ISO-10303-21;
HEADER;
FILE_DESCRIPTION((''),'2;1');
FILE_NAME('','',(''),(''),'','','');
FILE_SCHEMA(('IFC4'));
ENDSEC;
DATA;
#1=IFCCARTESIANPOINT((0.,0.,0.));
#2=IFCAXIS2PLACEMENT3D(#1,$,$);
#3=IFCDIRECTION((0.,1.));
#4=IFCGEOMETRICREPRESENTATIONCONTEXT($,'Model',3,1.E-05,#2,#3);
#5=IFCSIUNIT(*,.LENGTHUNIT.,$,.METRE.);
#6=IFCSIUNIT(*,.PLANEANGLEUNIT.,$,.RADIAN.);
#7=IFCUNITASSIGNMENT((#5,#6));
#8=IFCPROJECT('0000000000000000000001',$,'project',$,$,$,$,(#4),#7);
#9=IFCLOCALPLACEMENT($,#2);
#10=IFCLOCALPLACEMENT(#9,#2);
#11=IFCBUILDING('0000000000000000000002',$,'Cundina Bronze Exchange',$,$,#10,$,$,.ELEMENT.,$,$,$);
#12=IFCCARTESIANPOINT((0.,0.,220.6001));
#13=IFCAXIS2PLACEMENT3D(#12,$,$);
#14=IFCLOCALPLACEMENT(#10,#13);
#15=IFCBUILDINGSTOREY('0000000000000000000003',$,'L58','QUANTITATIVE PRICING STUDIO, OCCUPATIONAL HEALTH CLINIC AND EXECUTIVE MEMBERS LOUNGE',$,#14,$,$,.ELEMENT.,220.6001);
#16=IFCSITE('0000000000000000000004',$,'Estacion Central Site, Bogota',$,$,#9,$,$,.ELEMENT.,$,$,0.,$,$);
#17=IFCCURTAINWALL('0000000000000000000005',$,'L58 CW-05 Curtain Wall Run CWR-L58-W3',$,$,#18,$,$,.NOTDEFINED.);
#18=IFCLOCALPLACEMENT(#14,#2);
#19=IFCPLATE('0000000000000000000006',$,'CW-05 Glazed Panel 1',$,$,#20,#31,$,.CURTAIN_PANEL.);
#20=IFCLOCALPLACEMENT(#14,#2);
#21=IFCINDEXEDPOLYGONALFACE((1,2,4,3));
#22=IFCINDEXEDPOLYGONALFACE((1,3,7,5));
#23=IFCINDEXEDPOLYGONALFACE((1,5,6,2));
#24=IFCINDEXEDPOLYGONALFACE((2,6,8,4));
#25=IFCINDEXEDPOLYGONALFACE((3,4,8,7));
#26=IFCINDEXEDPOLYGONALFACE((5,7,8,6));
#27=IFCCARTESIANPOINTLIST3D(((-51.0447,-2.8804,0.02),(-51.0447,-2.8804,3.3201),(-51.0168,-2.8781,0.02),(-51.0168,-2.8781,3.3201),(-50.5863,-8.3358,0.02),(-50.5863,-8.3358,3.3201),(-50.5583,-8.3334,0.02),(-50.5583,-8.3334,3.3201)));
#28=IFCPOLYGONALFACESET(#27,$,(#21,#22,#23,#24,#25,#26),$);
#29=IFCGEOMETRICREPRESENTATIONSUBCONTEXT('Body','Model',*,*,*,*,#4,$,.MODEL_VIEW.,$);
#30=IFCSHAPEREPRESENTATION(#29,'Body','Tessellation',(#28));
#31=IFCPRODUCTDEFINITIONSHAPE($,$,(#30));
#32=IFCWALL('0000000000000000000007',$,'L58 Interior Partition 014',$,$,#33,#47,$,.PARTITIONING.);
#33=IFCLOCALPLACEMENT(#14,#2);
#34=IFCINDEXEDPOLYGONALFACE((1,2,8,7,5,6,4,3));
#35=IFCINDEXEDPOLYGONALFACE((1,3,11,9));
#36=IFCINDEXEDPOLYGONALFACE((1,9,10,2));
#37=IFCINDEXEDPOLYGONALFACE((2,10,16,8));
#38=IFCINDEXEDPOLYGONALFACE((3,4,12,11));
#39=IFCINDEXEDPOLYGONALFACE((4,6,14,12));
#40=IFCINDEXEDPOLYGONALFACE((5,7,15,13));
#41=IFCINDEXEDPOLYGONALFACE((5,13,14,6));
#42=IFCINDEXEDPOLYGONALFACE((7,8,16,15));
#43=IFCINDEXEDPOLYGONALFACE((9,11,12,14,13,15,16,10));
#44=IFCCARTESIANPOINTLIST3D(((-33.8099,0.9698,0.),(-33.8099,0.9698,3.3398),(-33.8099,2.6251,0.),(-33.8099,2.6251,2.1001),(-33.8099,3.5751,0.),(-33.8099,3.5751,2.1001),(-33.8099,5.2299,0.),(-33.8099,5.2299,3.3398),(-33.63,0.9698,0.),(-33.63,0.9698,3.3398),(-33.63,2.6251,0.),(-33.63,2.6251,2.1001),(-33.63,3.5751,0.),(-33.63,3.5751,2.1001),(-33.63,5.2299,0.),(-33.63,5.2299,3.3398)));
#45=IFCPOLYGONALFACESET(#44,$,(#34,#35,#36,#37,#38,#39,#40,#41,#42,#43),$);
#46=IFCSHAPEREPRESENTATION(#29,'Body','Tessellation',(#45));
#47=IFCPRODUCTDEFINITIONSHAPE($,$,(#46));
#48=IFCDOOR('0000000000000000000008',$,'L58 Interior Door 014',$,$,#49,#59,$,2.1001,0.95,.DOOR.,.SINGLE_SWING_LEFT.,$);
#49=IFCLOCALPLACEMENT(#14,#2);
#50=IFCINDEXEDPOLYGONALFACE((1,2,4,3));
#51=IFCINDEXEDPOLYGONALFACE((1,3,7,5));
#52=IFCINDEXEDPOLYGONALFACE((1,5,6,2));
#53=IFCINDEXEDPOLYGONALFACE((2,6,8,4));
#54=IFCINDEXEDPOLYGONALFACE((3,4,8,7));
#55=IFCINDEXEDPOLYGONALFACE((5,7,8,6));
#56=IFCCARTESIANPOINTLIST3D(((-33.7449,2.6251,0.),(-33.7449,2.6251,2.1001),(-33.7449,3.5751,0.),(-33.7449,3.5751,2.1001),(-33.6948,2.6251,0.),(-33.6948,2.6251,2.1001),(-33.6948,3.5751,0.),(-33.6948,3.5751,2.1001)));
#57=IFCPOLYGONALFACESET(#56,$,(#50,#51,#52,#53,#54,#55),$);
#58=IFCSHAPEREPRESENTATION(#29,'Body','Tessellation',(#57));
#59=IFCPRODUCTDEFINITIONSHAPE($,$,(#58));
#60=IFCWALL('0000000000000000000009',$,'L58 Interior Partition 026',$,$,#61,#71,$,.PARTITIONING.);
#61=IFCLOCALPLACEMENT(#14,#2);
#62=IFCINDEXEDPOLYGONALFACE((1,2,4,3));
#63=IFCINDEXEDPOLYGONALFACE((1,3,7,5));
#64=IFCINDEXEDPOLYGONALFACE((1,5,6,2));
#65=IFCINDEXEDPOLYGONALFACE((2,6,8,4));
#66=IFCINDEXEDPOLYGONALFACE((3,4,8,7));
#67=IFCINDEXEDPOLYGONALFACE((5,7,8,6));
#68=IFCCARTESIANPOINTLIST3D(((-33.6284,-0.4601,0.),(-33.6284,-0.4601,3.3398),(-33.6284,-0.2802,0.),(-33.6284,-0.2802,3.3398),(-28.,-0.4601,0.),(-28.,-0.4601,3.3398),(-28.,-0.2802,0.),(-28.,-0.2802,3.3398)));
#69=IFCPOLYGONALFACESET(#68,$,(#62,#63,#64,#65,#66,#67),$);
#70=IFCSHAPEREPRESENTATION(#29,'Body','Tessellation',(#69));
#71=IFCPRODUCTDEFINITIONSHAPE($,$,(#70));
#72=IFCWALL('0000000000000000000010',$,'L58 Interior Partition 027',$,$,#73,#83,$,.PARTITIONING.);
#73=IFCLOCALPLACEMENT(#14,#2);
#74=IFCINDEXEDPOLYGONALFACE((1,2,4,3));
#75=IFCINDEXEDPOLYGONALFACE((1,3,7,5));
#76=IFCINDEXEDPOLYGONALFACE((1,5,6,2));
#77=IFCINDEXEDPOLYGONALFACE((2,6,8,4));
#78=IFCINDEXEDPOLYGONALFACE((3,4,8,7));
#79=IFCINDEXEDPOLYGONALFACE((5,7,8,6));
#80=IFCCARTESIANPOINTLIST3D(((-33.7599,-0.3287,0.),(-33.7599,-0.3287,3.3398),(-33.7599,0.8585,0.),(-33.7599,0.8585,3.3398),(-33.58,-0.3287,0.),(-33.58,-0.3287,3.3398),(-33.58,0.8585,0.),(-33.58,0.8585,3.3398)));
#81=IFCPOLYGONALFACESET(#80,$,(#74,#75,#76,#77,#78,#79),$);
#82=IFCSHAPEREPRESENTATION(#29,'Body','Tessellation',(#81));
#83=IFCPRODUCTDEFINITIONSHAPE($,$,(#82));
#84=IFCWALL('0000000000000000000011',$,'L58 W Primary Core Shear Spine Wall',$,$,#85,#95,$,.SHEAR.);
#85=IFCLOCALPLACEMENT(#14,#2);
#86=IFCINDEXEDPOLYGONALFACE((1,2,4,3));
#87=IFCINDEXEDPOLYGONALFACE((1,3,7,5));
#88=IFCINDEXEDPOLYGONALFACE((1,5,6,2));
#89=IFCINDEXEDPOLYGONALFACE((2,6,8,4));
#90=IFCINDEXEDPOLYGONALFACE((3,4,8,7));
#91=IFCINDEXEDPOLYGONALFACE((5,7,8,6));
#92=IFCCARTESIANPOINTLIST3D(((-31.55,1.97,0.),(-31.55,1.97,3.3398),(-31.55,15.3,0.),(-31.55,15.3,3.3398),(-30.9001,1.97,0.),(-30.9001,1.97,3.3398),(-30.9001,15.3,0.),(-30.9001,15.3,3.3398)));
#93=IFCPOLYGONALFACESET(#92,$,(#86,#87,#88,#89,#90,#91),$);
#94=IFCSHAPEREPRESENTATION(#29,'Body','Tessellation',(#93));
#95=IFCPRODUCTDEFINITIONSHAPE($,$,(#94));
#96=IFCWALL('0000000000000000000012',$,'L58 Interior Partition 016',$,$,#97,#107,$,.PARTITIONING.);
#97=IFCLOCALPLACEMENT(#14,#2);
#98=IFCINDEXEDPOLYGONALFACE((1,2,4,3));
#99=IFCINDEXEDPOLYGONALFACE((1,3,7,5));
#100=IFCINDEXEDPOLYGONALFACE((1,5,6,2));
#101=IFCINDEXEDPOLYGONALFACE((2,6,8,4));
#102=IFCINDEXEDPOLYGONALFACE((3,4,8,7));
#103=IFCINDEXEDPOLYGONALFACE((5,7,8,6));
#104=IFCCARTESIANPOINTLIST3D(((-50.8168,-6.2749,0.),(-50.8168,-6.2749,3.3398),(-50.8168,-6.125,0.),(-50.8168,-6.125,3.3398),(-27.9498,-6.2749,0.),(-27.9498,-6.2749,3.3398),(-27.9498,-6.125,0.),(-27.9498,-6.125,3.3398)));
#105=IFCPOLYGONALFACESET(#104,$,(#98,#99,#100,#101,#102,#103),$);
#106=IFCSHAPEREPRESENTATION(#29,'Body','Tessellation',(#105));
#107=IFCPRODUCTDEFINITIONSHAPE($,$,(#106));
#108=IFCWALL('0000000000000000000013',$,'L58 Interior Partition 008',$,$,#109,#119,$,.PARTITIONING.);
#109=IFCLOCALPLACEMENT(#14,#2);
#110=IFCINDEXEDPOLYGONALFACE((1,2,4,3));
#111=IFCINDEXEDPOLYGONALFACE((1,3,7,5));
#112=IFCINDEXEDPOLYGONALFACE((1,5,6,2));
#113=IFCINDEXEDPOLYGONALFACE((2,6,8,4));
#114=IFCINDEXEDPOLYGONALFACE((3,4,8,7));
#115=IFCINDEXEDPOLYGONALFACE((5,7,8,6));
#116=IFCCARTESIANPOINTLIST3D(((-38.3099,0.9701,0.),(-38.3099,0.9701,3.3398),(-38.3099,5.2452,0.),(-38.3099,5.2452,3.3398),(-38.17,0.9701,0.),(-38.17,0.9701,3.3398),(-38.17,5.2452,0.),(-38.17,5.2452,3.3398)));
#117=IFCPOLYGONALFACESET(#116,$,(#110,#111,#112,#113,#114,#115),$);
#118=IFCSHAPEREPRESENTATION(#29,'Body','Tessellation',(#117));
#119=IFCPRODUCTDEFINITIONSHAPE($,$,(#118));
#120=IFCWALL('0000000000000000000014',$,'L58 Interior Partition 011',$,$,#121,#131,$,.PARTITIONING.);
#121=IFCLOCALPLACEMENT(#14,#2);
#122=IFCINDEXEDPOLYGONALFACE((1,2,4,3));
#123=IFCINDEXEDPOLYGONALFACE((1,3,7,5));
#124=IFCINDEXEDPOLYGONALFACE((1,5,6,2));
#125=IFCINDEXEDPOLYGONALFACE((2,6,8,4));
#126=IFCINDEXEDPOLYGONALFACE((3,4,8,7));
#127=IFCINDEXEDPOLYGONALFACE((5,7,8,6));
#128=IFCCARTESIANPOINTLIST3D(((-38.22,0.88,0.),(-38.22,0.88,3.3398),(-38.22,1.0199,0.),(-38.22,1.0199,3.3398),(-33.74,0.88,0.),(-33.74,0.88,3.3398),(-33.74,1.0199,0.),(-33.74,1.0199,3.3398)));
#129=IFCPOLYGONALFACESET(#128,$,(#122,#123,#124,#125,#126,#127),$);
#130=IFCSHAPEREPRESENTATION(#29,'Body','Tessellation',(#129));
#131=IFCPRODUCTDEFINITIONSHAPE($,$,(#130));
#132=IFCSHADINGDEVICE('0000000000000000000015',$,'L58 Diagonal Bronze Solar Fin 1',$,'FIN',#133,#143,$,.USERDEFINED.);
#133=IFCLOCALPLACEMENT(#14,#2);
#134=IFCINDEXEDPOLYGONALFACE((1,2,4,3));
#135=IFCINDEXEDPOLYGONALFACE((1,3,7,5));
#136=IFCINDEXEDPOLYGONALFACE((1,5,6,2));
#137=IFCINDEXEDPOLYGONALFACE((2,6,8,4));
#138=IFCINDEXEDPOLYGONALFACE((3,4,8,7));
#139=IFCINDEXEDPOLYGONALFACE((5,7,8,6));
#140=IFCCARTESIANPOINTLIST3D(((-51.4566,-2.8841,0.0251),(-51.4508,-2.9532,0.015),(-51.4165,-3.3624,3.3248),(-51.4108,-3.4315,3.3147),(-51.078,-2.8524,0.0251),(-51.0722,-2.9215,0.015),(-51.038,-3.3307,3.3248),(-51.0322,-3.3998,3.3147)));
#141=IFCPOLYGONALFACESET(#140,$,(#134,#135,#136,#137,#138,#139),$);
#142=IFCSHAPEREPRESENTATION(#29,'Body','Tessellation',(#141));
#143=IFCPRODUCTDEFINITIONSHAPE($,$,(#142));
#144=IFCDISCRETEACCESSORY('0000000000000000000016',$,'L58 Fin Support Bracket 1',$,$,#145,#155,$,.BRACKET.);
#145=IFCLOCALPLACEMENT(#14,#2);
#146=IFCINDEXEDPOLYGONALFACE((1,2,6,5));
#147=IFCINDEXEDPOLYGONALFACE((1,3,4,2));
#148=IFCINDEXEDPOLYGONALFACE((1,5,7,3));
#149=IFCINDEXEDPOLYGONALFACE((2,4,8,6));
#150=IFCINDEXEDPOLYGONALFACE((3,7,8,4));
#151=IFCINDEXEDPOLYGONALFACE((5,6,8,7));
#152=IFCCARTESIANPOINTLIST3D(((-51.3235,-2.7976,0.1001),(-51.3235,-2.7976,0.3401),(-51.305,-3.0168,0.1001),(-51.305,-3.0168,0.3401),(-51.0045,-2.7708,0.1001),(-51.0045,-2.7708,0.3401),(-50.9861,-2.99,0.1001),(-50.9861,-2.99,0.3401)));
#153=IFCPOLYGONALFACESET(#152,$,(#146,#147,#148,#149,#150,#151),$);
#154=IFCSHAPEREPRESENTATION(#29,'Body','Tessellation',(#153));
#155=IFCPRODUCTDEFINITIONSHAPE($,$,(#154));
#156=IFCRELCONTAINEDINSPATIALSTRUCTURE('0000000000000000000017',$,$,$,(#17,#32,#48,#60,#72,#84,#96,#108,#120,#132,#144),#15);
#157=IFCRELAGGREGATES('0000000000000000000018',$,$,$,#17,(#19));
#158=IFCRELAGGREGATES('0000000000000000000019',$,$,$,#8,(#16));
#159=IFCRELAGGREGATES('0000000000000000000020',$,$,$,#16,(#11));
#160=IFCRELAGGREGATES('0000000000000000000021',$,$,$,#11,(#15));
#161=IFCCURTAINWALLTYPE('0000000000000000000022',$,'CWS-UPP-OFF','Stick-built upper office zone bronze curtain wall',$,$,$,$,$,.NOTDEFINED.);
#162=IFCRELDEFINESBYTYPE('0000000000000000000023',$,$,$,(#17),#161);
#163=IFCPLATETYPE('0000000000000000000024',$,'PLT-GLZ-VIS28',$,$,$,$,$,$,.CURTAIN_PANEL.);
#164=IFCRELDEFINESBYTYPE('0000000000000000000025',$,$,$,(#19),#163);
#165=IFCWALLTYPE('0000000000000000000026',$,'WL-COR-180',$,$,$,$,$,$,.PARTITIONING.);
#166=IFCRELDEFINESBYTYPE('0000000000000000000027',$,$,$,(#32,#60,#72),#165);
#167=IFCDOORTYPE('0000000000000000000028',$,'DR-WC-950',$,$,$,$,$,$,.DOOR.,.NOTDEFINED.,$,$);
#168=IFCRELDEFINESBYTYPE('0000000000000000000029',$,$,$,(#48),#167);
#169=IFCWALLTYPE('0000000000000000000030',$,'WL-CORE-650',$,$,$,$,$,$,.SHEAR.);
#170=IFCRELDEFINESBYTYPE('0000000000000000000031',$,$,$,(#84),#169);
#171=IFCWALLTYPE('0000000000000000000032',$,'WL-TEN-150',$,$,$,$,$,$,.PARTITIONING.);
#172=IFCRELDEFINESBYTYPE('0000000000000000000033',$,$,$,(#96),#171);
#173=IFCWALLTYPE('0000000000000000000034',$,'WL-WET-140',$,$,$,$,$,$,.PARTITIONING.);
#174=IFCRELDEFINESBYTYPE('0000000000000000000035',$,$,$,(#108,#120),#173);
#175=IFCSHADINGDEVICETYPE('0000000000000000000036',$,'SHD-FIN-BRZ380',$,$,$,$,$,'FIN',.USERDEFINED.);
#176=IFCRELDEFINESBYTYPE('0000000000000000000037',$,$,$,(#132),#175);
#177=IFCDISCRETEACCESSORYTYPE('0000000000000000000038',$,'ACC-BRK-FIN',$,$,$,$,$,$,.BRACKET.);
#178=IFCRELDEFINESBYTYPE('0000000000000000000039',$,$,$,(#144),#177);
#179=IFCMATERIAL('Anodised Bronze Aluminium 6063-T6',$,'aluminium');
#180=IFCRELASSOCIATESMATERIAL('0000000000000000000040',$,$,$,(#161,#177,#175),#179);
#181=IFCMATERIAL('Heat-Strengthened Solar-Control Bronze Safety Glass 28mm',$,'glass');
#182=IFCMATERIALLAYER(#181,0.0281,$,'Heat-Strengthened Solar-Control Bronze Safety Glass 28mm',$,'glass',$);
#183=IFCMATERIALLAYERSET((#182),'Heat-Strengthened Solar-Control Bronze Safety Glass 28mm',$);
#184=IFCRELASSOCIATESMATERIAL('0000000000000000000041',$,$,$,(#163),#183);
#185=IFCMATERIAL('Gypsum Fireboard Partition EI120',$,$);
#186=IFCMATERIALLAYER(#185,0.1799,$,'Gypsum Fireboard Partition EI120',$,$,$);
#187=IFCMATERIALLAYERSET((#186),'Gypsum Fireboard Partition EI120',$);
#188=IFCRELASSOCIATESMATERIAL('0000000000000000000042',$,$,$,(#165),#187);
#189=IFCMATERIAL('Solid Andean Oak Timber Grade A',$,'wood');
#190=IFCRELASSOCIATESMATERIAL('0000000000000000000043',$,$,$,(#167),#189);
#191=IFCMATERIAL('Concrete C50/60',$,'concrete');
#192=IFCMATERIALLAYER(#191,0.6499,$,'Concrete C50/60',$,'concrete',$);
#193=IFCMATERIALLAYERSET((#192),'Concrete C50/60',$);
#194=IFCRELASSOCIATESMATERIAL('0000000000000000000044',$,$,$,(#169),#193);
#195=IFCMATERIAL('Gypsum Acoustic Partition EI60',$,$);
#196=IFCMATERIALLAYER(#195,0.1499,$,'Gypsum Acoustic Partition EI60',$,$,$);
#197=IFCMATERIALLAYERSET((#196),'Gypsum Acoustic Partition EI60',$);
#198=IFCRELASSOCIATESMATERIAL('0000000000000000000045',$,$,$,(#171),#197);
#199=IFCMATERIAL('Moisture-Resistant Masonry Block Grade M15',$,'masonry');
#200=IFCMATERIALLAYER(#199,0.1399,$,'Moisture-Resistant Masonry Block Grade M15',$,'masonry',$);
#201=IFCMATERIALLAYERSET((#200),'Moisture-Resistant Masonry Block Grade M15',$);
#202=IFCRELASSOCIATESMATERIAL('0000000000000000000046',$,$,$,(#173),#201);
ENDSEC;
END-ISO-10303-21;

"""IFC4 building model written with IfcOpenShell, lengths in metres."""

from ifc_helpers import new_model, si_unit, direction, frame, frame_2d, origin, origin_2d, place, context, subcontext, project, spatial, rectangle, extrude, material, layer, layer_set, material_profile, profile_set, type_object, element, fill, aggregate, save


model = new_model("IFC4")

# Units and contexts
model_context = context("Model", 3, precision=1e-05, world=origin(), true_north=direction((0.0, 1.0)))
body_context = subcontext(model_context, "Body", "Model", "MODEL_VIEW")
ifc_project = project(units=[si_unit("LENGTHUNIT", "METRE"), si_unit("PLANEANGLEUNIT", "RADIAN")], contexts=[model_context])

# Site, building, storey
site_placement = place(None, origin())
site = spatial("IfcSite", under=ifc_project, at=site_placement, Name="Estacion Central Site, Bogota", CompositionType="ELEMENT", RefElevation=0.0)
building_placement = place(site_placement, origin())
building = spatial("IfcBuilding", under=site, at=building_placement, Name="Cundina Bronze Exchange", CompositionType="ELEMENT")
storey_placement = place(building_placement, frame((0.0, 0.0, 220.6001)))
storey = spatial("IfcBuildingStorey", under=building, at=storey_placement, Name="L58", Description="QUANTITATIVE PRICING STUDIO, OCCUPATIONAL HEALTH CLINIC AND EXECUTIVE MEMBERS LOUNGE", CompositionType="ELEMENT", Elevation=220.6001)

# Shared definitions
ifc_material_1 = material(Name="Concrete C50/60", Category="concrete")

# Curtain wall
ifc_material_2 = material(Name="Anodised Bronze Aluminium 6063-T6", Category="aluminium")
curtain_wall_type = type_object("IfcCurtainWallType", Name="CWS-UPP-OFF", Description="Stick-built upper office zone bronze curtain wall", PredefinedType="NOTDEFINED", material=ifc_material_2)
curtain_wall_1_placement = place(storey_placement, origin())
curtain_wall_1 = element("IfcCurtainWall", 1, at=curtain_wall_1_placement, inside=storey, type_object=curtain_wall_type, Name="L58 CW-05 Curtain Wall Run CWR-L58-W3", PredefinedType="NOTDEFINED")

# Plate
ifc_material_3 = material(Name="Heat-Strengthened Solar-Control Bronze Safety Glass 28mm", Category="glass")
ifc_layer_1 = layer(ifc_material_3, 0.0281, Name="Heat-Strengthened Solar-Control Bronze Safety Glass 28mm", Category="glass")
ifc_layer_set_1 = layer_set([ifc_layer_1], Name="Heat-Strengthened Solar-Control Bronze Safety Glass 28mm")
plate_type = type_object("IfcPlateType", Name="PLT-GLZ-VIS28", PredefinedType="CURTAIN_PANEL", material=ifc_layer_set_1)
plate_1_placement = place(storey_placement, frame((-50.8015, -5.6069, 0.02), z_axis=(0.0, 0.0, 1.0), x_axis=(0.083747, -0.996487, 0.0)))
plate_1 = element("IfcPlate", 2, at=plate_1_placement, type_object=plate_type, Name="CW-05 Glazed Panel 1", PredefinedType="CURTAIN_PANEL", context=body_context, shape_type="SweptSolid", body=[
    extrude(rectangle(XDim=5.4746, YDim=0.0281, at=origin_2d()), origin(), (0.0, 0.0, 1.0), 3.3),
])
aggregate(curtain_wall_1, [plate_1])

# Wall, opening, door
ifc_material_4 = material(Name="Gypsum Fireboard Partition EI120")
ifc_layer_2 = layer(ifc_material_4, 0.1799, Name="Gypsum Fireboard Partition EI120")
ifc_layer_set_2 = layer_set([ifc_layer_2], Name="Gypsum Fireboard Partition EI120")
wall_type_1 = type_object("IfcWallType", Name="WL-COR-180", PredefinedType="PARTITIONING", material=ifc_layer_set_2)
wall_1_placement = place(storey_placement, frame((-33.72, 0.97, 0.0), z_axis=(0.0, 0.0, 1.0), x_axis=(0.0, 1.0, 0.0)))
wall_1 = element("IfcWall", 3, at=wall_1_placement, inside=storey, type_object=wall_type_1, Name="L58 Interior Partition 014", PredefinedType="PARTITIONING", context=body_context, shape_type="SweptSolid", body=[
    extrude(rectangle(XDim=4.26, YDim=0.1799, at=frame_2d((2.1299, 0.0))), origin(), (0.0, 0.0, 1.0), 3.3398),
])
opening_1_placement = place(wall_1_placement, frame((1.655, 0.0, 0.0)))
opening_1 = element("IfcOpeningElement", 4, at=opening_1_placement, cuts=wall_1, PredefinedType="OPENING", context=body_context, shape_type="SweptSolid", body=[
    extrude(rectangle(XDim=0.95, YDim=2.1001, at=frame_2d((0.4751, 1.05))), frame((0.0, 0.0999, 0.0), z_axis=(0.0, -1.0, 0.0), x_axis=(1.0, 0.0, 0.0)), (0.0, 0.0, 1.0), 0.2),
])
ifc_material_5 = material(Name="Solid Andean Oak Timber Grade A", Category="wood")
door_type_1 = type_object("IfcDoorType", Name="DR-WC-950", OperationType="NOTDEFINED", PredefinedType="DOOR", material=ifc_material_5)
door_1_placement = place(opening_1_placement, origin())
door_1 = element("IfcDoor", 5, at=door_1_placement, inside=storey, type_object=door_type_1, Name="L58 Interior Door 014", OperationType="SINGLE_SWING_LEFT", OverallHeight=2.1001, OverallWidth=0.95, PredefinedType="DOOR", context=body_context, shape_type="SweptSolid", body=[
    extrude(rectangle(XDim=0.95, YDim=2.1001, at=frame_2d((0.4751, 1.05))), frame((0.0, 0.0249, 0.0), z_axis=(0.0, -1.0, 0.0), x_axis=(1.0, 0.0, 0.0)), (0.0, 0.0, 1.0), 0.05),
])
fill(opening_1, door_1)

# Walls
wall_2_placement = place(storey_placement, frame((-33.6284, -0.3701, 0.0), z_axis=(0.0, 0.0, 1.0), x_axis=(1.0, 0.0, 0.0)))
element("IfcWall", 6, at=wall_2_placement, inside=storey, type_object=wall_type_1, Name="L58 Interior Partition 026", PredefinedType="PARTITIONING", context=body_context, shape_type="SweptSolid", body=[
    extrude(rectangle(XDim=5.6284, YDim=0.1799, at=frame_2d((2.8142, 0.0))), origin(), (0.0, 0.0, 1.0), 3.3398),
])
wall_3_placement = place(storey_placement, frame((-33.6699, 0.8586, 0.0), z_axis=(0.0, 0.0, 1.0), x_axis=(0.0, -1.0, 0.0)))
element("IfcWall", 7, at=wall_3_placement, inside=storey, type_object=wall_type_1, Name="L58 Interior Partition 027", PredefinedType="PARTITIONING", context=body_context, shape_type="SweptSolid", body=[
    extrude(rectangle(XDim=1.1873, YDim=0.1799, at=frame_2d((0.5938, 0.0))), origin(), (0.0, 0.0, 1.0), 3.3398),
])
ifc_layer_3 = layer(ifc_material_1, 0.6499, Name="Concrete C50/60", Category="concrete")
ifc_layer_set_3 = layer_set([ifc_layer_3], Name="Concrete C50/60")
wall_type_2 = type_object("IfcWallType", Name="WL-CORE-650", PredefinedType="SHEAR", material=ifc_layer_set_3)
wall_4_placement = place(storey_placement, frame((-31.2251, 1.97, 0.0), z_axis=(0.0, 0.0, 1.0), x_axis=(0.0, 1.0, 0.0)))
element("IfcWall", 8, at=wall_4_placement, inside=storey, type_object=wall_type_2, Name="L58 W Primary Core Shear Spine Wall", PredefinedType="SHEAR", context=body_context, shape_type="SweptSolid", body=[
    extrude(rectangle(XDim=13.3301, YDim=0.6499, at=frame_2d((6.665, 0.0))), origin(), (0.0, 0.0, 1.0), 3.3398),
])
ifc_material_6 = material(Name="Gypsum Acoustic Partition EI60")
ifc_layer_4 = layer(ifc_material_6, 0.1499, Name="Gypsum Acoustic Partition EI60")
ifc_layer_set_4 = layer_set([ifc_layer_4], Name="Gypsum Acoustic Partition EI60")
wall_type_3 = type_object("IfcWallType", Name="WL-TEN-150", PredefinedType="PARTITIONING", material=ifc_layer_set_4)
wall_5_placement = place(storey_placement, frame((-50.8169, -6.2, 0.0), z_axis=(0.0, 0.0, 1.0), x_axis=(1.0, 0.0, 0.0)))
element("IfcWall", 9, at=wall_5_placement, inside=storey, type_object=wall_type_3, Name="L58 Interior Partition 016", PredefinedType="PARTITIONING", context=body_context, shape_type="SweptSolid", body=[
    extrude(rectangle(XDim=22.8669, YDim=0.1499, at=frame_2d((11.4336, 0.0))), origin(), (0.0, 0.0, 1.0), 3.3398),
])
ifc_material_7 = material(Name="Moisture-Resistant Masonry Block Grade M15", Category="masonry")
ifc_layer_5 = layer(ifc_material_7, 0.1399, Name="Moisture-Resistant Masonry Block Grade M15", Category="masonry")
ifc_layer_set_5 = layer_set([ifc_layer_5], Name="Moisture-Resistant Masonry Block Grade M15")
wall_type_4 = type_object("IfcWallType", Name="WL-WET-140", PredefinedType="PARTITIONING", material=ifc_layer_set_5)
wall_6_placement = place(storey_placement, frame((-38.24, 0.97, 0.0), z_axis=(0.0, 0.0, 1.0), x_axis=(0.0, 1.0, 0.0)))
element("IfcWall", 10, at=wall_6_placement, inside=storey, type_object=wall_type_4, Name="L58 Interior Partition 008", PredefinedType="PARTITIONING", context=body_context, shape_type="SweptSolid", body=[
    extrude(rectangle(XDim=4.2751, YDim=0.1399, at=frame_2d((2.1377, 0.0))), origin(), (0.0, 0.0, 1.0), 3.3398),
])
wall_7_placement = place(storey_placement, frame((-38.22, 0.95, 0.0), z_axis=(0.0, 0.0, 1.0), x_axis=(1.0, 0.0, 0.0)))
element("IfcWall", 11, at=wall_7_placement, inside=storey, type_object=wall_type_4, Name="L58 Interior Partition 011", PredefinedType="PARTITIONING", context=body_context, shape_type="SweptSolid", body=[
    extrude(rectangle(XDim=4.48, YDim=0.1399, at=frame_2d((2.24, 0.0))), origin(), (0.0, 0.0, 1.0), 3.3398),
])

# Shading device
ifc_material_profile_1 = material_profile(ifc_material_2, rectangle(XDim=0.0701, YDim=0.3799, at=origin_2d()), Name="FIN70X380", Category="aluminium")
ifc_profile_set_1 = profile_set([ifc_material_profile_1], Name="Anodised Bronze Aluminium 6063-T6")
shading_device_type = type_object("IfcShadingDeviceType", Name="SHD-FIN-BRZ380", ElementType="FIN", PredefinedType="USERDEFINED", material=ifc_profile_set_1)
shading_device_placement = place(storey_placement, frame((-51.2644, -2.9028, 0.02), z_axis=(0.012007, -0.14343, 0.989588), x_axis=(-0.082556, 0.986138, 0.143932)))
element("IfcShadingDevice", 12, at=shading_device_placement, inside=storey, type_object=shading_device_type, Name="L58 Diagonal Bronze Solar Fin 1", ObjectType="FIN", PredefinedType="USERDEFINED", context=body_context, shape_type="SweptSolid", body=[
    extrude(rectangle(XDim=0.0701, YDim=0.3799, at=origin_2d()), origin(), (0.0, 0.0, 1.0), 3.3345),
])

# Discrete accessory
discrete_accessory_type = type_object("IfcDiscreteAccessoryType", Name="ACC-BRK-FIN", PredefinedType="BRACKET", material=ifc_material_2)
discrete_accessory_placement = place(storey_placement, frame((-51.1548, -2.8938, 0.1001), z_axis=(0.0, 0.0, 1.0), x_axis=(0.083747, -0.996487, 0.0)))
element("IfcDiscreteAccessory", 13, at=discrete_accessory_placement, inside=storey, type_object=discrete_accessory_type, Name="L58 Fin Support Bracket 1", PredefinedType="BRACKET", context=body_context, shape_type="SweptSolid", body=[
    extrude(rectangle(XDim=0.22, YDim=0.3201, at=origin_2d()), origin(), (0.0, 0.0, 1.0), 0.24),
])

save(model, "model.ifc")
